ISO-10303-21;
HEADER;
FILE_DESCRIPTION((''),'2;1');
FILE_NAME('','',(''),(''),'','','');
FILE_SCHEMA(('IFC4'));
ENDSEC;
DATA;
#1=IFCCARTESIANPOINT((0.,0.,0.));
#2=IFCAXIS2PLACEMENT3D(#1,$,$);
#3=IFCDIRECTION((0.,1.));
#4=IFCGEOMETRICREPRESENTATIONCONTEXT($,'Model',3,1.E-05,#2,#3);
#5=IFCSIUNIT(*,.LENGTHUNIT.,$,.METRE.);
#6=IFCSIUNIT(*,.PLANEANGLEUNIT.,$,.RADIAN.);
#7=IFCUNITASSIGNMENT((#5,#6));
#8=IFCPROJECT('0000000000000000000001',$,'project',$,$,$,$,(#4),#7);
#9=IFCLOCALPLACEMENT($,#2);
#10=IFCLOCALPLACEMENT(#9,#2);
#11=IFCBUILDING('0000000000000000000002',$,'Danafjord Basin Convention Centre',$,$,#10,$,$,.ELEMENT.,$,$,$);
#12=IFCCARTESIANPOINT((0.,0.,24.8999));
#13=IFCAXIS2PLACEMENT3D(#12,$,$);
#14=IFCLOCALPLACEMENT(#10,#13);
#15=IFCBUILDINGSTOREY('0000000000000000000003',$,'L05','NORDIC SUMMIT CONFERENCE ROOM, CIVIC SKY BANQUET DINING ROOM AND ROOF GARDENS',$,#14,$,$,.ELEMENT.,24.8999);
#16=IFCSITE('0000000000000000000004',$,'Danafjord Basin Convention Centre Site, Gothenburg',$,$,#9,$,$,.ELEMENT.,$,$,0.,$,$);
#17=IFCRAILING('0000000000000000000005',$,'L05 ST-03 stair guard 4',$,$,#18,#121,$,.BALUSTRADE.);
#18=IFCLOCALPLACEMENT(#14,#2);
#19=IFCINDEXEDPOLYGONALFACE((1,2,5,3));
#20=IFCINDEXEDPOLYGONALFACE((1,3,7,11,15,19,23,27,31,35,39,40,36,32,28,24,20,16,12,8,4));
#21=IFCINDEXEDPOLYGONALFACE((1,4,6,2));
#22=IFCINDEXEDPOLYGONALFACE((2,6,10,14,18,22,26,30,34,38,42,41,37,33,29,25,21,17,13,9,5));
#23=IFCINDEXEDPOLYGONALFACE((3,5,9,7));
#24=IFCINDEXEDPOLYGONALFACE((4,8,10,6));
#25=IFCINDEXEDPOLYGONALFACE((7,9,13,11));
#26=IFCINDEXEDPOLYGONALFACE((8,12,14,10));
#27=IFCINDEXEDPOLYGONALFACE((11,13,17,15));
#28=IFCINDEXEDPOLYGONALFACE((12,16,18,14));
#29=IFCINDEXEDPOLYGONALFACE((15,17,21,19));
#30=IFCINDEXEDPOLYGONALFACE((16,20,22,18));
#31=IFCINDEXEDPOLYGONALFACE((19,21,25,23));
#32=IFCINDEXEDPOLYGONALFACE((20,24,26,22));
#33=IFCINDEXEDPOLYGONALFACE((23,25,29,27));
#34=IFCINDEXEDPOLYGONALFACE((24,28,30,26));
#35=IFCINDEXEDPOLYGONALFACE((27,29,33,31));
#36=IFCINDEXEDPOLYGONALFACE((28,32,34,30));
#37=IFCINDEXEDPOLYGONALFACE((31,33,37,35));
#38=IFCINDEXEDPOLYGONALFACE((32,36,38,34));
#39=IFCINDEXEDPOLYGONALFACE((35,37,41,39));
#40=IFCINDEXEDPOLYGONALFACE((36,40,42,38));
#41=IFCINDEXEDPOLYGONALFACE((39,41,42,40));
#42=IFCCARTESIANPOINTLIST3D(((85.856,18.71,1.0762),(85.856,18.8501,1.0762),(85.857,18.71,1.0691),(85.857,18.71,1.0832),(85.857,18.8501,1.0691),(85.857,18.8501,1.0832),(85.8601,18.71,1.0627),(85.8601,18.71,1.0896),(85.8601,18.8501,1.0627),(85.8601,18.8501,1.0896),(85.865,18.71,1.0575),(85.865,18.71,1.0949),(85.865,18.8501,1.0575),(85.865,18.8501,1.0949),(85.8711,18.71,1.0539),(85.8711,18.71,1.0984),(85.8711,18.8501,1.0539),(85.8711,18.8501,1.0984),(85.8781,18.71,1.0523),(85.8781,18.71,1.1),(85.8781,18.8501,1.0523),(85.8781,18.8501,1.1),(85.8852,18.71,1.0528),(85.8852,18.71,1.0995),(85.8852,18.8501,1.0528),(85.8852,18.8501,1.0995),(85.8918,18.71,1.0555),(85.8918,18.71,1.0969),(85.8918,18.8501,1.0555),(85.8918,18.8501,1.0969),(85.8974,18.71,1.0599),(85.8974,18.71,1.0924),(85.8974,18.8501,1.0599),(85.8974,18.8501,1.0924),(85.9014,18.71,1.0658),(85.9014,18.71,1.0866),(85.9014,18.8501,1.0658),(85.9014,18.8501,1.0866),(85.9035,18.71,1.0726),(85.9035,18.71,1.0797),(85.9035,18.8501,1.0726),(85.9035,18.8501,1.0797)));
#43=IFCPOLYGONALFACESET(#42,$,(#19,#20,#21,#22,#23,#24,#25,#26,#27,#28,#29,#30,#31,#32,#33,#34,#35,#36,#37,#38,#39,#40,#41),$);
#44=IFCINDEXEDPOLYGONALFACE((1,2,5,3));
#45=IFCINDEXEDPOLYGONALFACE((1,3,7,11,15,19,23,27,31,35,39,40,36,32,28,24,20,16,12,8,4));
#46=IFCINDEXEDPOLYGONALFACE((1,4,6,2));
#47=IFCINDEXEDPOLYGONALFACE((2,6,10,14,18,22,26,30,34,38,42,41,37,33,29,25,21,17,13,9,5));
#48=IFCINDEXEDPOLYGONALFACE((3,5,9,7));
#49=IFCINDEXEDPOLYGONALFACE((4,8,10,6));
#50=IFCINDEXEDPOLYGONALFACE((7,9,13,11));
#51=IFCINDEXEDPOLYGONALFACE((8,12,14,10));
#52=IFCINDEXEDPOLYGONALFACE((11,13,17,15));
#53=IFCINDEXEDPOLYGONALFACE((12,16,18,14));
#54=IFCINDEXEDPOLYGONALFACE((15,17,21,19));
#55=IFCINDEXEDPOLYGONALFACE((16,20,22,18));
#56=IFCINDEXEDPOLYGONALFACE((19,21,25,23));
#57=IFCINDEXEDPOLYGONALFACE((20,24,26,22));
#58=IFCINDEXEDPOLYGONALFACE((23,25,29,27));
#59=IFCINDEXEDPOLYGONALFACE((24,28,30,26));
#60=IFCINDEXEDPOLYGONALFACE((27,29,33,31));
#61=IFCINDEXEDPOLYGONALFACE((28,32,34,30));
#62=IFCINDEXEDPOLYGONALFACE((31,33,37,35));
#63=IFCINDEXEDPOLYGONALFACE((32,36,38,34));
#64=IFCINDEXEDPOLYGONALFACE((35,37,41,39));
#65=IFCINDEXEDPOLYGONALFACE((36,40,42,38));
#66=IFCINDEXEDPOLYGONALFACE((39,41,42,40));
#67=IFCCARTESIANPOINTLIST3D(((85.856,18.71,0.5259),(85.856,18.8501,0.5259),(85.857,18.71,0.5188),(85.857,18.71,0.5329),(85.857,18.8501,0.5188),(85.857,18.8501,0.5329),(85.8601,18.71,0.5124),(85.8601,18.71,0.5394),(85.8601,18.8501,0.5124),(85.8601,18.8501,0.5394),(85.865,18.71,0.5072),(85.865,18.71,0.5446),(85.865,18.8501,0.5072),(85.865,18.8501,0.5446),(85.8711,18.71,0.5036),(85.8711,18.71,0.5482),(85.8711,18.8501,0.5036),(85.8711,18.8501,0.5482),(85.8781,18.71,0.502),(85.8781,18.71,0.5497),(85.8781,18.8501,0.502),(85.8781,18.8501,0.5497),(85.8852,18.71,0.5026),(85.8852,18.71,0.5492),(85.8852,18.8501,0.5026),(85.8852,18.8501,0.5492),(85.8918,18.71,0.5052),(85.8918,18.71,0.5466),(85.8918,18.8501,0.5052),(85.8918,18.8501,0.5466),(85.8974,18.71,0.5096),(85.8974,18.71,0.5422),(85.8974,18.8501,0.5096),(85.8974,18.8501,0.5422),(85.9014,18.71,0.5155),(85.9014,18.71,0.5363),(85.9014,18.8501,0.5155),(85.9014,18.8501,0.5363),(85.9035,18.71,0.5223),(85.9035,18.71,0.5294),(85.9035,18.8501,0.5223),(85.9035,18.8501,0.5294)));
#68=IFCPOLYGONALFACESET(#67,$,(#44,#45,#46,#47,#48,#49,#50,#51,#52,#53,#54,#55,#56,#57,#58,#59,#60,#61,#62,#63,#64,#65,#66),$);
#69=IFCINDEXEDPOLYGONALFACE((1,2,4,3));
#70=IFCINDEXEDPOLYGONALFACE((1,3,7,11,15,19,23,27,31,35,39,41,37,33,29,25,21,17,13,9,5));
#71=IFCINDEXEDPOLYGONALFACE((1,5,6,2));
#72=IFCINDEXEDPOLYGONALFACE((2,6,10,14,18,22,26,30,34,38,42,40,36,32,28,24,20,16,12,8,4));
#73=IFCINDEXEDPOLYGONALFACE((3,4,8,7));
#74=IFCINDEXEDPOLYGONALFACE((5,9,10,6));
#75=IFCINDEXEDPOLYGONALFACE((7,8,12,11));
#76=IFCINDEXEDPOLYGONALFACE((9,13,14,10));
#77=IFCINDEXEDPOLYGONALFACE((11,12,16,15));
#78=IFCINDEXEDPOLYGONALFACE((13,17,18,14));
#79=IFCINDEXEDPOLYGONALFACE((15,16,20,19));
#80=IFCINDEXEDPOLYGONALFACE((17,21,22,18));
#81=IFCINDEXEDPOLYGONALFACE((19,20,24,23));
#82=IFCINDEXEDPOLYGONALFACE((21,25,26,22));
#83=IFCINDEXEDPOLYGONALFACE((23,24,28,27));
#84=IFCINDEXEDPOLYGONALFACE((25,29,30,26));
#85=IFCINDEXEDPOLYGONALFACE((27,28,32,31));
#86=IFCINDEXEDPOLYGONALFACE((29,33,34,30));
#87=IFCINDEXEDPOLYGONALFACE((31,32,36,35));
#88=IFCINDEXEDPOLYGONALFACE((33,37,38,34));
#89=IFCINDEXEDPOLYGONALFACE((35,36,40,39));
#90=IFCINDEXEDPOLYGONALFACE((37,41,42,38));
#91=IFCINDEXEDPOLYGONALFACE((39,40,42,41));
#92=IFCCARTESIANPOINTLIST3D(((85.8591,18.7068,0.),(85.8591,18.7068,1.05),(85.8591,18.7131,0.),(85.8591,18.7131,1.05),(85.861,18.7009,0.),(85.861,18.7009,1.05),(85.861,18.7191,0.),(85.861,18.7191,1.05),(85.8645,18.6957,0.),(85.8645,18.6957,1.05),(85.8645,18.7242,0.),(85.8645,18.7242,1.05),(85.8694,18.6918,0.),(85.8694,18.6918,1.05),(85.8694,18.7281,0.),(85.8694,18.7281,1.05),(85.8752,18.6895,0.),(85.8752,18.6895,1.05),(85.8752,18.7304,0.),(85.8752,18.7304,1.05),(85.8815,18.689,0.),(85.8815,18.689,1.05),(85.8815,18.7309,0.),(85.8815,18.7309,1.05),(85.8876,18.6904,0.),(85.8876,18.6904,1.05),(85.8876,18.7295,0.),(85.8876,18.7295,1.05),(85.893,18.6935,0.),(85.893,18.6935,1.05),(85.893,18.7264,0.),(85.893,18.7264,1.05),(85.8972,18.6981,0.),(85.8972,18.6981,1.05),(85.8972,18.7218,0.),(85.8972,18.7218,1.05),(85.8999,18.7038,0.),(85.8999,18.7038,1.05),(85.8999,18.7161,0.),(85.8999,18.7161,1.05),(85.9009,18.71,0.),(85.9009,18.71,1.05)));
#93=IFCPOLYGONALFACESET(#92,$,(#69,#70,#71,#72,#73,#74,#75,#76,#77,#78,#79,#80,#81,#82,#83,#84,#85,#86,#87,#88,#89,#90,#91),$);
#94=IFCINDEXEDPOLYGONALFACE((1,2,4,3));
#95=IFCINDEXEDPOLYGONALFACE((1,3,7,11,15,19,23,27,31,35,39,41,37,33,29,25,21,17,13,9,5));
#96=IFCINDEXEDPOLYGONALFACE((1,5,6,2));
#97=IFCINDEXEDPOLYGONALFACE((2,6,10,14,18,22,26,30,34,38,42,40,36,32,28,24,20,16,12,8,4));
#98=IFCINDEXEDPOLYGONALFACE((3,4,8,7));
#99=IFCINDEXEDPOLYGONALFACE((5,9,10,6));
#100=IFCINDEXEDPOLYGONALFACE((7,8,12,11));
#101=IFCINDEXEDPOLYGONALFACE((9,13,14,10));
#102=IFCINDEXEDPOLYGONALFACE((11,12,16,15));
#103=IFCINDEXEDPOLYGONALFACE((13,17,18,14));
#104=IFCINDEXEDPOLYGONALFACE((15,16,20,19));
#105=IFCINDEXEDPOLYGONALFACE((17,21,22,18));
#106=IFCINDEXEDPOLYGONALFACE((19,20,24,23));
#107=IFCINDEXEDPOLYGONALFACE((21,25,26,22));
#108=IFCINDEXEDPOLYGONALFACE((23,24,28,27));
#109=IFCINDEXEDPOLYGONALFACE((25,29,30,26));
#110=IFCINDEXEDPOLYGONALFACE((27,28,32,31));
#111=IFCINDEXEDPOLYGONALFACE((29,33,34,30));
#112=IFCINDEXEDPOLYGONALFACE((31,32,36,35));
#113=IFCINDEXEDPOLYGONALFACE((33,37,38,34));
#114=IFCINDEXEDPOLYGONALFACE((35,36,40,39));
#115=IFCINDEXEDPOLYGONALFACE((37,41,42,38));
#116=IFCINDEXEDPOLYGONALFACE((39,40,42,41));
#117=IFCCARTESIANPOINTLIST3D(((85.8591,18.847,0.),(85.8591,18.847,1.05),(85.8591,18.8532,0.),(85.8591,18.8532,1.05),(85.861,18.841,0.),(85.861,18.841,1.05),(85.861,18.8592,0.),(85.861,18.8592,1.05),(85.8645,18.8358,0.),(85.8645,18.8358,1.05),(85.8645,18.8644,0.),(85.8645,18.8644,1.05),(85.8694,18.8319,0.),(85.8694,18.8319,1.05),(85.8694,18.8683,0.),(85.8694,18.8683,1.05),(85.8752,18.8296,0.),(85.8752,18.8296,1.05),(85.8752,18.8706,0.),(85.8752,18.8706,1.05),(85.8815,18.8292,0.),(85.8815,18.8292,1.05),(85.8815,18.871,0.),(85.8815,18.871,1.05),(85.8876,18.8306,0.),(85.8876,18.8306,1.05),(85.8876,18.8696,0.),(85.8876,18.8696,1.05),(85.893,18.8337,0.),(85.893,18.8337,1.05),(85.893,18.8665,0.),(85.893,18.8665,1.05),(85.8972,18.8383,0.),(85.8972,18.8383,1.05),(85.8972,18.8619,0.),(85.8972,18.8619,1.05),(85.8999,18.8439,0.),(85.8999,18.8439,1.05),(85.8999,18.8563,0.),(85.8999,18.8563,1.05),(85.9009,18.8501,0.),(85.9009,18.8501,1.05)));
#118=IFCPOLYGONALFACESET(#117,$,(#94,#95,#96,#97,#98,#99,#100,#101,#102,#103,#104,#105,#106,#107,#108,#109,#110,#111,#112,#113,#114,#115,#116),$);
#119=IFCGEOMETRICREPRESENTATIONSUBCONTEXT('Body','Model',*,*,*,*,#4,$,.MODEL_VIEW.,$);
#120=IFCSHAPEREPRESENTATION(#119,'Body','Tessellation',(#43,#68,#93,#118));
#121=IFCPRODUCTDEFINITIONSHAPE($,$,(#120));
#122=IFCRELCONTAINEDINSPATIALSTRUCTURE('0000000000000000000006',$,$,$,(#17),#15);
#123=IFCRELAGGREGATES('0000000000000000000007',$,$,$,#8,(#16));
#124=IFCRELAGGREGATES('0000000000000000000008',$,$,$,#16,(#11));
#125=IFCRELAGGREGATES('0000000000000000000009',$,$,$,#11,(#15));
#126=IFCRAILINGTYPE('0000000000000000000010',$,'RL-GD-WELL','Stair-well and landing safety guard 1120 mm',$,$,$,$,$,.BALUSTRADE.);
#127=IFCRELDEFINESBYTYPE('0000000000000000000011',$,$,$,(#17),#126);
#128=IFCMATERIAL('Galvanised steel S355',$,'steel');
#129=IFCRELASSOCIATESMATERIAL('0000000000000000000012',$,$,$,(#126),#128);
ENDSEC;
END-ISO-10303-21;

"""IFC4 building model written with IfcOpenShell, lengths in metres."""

from ifc_helpers import new_model, si_unit, direction, frame, origin, origin_2d, place, context, subcontext, project, spatial, circle, extrude, material, type_object, element, save


model = new_model("IFC4")

# Units and contexts
model_context = context("Model", 3, precision=1e-05, world=origin(), true_north=direction((0.0, 1.0)))
body_context = subcontext(model_context, "Body", "Model", "MODEL_VIEW")
ifc_project = project(units=[si_unit("LENGTHUNIT", "METRE"), si_unit("PLANEANGLEUNIT", "RADIAN")], contexts=[model_context])

# Site, building, storey
site_placement = place(None, origin())
site = spatial("IfcSite", under=ifc_project, at=site_placement, Name="Danafjord Basin Convention Centre Site, Gothenburg", CompositionType="ELEMENT", RefElevation=0.0)
building_placement = place(site_placement, origin())
building = spatial("IfcBuilding", under=site, at=building_placement, Name="Danafjord Basin Convention Centre", CompositionType="ELEMENT")
storey_placement = place(building_placement, frame((0.0, 0.0, 24.8999)))
storey = spatial("IfcBuildingStorey", under=building, at=storey_placement, Name="L05", Description="NORDIC SUMMIT CONFERENCE ROOM, CIVIC SKY BANQUET DINING ROOM AND ROOF GARDENS", CompositionType="ELEMENT", Elevation=24.8999)

# Railing
ifc_material_1 = material(Name="Galvanised steel S355", Category="steel")
railing_type_1 = type_object("IfcRailingType", Name="RL-GD-WELL", Description="Stair-well and landing safety guard 1120 mm", PredefinedType="BALUSTRADE", material=ifc_material_1)
railing_1_placement = place(storey_placement, frame((85.8799, 18.71, 0.0)))
element("IfcRailing", 1, at=railing_1_placement, inside=storey, type_object=railing_type_1, Name="L05 ST-03 stair guard 4", PredefinedType="BALUSTRADE", context=body_context, shape_type="SweptSolid", body=[
    extrude(circle(Radius=0.0239, at=origin_2d()), frame((0.0, 0.0, 1.0762), z_axis=(0.0, 1.0, 0.0), x_axis=(-1.0, 0.0, 0.0)), (0.0, 0.0, 1.0), 0.1401),
    extrude(circle(Radius=0.0239, at=origin_2d()), frame((0.0, 0.0, 0.5259), z_axis=(0.0, 1.0, 0.0), x_axis=(-1.0, 0.0, 0.0)), (0.0, 0.0, 1.0), 0.1401),
    extrude(circle(Radius=0.021, at=origin_2d()), origin(), (0.0, 0.0, 1.0), 1.05),
    extrude(circle(Radius=0.021, at=origin_2d()), frame((0.0, 0.1401, 0.0)), (0.0, 0.0, 1.0), 1.05),
])

save(model, "model.ifc")
